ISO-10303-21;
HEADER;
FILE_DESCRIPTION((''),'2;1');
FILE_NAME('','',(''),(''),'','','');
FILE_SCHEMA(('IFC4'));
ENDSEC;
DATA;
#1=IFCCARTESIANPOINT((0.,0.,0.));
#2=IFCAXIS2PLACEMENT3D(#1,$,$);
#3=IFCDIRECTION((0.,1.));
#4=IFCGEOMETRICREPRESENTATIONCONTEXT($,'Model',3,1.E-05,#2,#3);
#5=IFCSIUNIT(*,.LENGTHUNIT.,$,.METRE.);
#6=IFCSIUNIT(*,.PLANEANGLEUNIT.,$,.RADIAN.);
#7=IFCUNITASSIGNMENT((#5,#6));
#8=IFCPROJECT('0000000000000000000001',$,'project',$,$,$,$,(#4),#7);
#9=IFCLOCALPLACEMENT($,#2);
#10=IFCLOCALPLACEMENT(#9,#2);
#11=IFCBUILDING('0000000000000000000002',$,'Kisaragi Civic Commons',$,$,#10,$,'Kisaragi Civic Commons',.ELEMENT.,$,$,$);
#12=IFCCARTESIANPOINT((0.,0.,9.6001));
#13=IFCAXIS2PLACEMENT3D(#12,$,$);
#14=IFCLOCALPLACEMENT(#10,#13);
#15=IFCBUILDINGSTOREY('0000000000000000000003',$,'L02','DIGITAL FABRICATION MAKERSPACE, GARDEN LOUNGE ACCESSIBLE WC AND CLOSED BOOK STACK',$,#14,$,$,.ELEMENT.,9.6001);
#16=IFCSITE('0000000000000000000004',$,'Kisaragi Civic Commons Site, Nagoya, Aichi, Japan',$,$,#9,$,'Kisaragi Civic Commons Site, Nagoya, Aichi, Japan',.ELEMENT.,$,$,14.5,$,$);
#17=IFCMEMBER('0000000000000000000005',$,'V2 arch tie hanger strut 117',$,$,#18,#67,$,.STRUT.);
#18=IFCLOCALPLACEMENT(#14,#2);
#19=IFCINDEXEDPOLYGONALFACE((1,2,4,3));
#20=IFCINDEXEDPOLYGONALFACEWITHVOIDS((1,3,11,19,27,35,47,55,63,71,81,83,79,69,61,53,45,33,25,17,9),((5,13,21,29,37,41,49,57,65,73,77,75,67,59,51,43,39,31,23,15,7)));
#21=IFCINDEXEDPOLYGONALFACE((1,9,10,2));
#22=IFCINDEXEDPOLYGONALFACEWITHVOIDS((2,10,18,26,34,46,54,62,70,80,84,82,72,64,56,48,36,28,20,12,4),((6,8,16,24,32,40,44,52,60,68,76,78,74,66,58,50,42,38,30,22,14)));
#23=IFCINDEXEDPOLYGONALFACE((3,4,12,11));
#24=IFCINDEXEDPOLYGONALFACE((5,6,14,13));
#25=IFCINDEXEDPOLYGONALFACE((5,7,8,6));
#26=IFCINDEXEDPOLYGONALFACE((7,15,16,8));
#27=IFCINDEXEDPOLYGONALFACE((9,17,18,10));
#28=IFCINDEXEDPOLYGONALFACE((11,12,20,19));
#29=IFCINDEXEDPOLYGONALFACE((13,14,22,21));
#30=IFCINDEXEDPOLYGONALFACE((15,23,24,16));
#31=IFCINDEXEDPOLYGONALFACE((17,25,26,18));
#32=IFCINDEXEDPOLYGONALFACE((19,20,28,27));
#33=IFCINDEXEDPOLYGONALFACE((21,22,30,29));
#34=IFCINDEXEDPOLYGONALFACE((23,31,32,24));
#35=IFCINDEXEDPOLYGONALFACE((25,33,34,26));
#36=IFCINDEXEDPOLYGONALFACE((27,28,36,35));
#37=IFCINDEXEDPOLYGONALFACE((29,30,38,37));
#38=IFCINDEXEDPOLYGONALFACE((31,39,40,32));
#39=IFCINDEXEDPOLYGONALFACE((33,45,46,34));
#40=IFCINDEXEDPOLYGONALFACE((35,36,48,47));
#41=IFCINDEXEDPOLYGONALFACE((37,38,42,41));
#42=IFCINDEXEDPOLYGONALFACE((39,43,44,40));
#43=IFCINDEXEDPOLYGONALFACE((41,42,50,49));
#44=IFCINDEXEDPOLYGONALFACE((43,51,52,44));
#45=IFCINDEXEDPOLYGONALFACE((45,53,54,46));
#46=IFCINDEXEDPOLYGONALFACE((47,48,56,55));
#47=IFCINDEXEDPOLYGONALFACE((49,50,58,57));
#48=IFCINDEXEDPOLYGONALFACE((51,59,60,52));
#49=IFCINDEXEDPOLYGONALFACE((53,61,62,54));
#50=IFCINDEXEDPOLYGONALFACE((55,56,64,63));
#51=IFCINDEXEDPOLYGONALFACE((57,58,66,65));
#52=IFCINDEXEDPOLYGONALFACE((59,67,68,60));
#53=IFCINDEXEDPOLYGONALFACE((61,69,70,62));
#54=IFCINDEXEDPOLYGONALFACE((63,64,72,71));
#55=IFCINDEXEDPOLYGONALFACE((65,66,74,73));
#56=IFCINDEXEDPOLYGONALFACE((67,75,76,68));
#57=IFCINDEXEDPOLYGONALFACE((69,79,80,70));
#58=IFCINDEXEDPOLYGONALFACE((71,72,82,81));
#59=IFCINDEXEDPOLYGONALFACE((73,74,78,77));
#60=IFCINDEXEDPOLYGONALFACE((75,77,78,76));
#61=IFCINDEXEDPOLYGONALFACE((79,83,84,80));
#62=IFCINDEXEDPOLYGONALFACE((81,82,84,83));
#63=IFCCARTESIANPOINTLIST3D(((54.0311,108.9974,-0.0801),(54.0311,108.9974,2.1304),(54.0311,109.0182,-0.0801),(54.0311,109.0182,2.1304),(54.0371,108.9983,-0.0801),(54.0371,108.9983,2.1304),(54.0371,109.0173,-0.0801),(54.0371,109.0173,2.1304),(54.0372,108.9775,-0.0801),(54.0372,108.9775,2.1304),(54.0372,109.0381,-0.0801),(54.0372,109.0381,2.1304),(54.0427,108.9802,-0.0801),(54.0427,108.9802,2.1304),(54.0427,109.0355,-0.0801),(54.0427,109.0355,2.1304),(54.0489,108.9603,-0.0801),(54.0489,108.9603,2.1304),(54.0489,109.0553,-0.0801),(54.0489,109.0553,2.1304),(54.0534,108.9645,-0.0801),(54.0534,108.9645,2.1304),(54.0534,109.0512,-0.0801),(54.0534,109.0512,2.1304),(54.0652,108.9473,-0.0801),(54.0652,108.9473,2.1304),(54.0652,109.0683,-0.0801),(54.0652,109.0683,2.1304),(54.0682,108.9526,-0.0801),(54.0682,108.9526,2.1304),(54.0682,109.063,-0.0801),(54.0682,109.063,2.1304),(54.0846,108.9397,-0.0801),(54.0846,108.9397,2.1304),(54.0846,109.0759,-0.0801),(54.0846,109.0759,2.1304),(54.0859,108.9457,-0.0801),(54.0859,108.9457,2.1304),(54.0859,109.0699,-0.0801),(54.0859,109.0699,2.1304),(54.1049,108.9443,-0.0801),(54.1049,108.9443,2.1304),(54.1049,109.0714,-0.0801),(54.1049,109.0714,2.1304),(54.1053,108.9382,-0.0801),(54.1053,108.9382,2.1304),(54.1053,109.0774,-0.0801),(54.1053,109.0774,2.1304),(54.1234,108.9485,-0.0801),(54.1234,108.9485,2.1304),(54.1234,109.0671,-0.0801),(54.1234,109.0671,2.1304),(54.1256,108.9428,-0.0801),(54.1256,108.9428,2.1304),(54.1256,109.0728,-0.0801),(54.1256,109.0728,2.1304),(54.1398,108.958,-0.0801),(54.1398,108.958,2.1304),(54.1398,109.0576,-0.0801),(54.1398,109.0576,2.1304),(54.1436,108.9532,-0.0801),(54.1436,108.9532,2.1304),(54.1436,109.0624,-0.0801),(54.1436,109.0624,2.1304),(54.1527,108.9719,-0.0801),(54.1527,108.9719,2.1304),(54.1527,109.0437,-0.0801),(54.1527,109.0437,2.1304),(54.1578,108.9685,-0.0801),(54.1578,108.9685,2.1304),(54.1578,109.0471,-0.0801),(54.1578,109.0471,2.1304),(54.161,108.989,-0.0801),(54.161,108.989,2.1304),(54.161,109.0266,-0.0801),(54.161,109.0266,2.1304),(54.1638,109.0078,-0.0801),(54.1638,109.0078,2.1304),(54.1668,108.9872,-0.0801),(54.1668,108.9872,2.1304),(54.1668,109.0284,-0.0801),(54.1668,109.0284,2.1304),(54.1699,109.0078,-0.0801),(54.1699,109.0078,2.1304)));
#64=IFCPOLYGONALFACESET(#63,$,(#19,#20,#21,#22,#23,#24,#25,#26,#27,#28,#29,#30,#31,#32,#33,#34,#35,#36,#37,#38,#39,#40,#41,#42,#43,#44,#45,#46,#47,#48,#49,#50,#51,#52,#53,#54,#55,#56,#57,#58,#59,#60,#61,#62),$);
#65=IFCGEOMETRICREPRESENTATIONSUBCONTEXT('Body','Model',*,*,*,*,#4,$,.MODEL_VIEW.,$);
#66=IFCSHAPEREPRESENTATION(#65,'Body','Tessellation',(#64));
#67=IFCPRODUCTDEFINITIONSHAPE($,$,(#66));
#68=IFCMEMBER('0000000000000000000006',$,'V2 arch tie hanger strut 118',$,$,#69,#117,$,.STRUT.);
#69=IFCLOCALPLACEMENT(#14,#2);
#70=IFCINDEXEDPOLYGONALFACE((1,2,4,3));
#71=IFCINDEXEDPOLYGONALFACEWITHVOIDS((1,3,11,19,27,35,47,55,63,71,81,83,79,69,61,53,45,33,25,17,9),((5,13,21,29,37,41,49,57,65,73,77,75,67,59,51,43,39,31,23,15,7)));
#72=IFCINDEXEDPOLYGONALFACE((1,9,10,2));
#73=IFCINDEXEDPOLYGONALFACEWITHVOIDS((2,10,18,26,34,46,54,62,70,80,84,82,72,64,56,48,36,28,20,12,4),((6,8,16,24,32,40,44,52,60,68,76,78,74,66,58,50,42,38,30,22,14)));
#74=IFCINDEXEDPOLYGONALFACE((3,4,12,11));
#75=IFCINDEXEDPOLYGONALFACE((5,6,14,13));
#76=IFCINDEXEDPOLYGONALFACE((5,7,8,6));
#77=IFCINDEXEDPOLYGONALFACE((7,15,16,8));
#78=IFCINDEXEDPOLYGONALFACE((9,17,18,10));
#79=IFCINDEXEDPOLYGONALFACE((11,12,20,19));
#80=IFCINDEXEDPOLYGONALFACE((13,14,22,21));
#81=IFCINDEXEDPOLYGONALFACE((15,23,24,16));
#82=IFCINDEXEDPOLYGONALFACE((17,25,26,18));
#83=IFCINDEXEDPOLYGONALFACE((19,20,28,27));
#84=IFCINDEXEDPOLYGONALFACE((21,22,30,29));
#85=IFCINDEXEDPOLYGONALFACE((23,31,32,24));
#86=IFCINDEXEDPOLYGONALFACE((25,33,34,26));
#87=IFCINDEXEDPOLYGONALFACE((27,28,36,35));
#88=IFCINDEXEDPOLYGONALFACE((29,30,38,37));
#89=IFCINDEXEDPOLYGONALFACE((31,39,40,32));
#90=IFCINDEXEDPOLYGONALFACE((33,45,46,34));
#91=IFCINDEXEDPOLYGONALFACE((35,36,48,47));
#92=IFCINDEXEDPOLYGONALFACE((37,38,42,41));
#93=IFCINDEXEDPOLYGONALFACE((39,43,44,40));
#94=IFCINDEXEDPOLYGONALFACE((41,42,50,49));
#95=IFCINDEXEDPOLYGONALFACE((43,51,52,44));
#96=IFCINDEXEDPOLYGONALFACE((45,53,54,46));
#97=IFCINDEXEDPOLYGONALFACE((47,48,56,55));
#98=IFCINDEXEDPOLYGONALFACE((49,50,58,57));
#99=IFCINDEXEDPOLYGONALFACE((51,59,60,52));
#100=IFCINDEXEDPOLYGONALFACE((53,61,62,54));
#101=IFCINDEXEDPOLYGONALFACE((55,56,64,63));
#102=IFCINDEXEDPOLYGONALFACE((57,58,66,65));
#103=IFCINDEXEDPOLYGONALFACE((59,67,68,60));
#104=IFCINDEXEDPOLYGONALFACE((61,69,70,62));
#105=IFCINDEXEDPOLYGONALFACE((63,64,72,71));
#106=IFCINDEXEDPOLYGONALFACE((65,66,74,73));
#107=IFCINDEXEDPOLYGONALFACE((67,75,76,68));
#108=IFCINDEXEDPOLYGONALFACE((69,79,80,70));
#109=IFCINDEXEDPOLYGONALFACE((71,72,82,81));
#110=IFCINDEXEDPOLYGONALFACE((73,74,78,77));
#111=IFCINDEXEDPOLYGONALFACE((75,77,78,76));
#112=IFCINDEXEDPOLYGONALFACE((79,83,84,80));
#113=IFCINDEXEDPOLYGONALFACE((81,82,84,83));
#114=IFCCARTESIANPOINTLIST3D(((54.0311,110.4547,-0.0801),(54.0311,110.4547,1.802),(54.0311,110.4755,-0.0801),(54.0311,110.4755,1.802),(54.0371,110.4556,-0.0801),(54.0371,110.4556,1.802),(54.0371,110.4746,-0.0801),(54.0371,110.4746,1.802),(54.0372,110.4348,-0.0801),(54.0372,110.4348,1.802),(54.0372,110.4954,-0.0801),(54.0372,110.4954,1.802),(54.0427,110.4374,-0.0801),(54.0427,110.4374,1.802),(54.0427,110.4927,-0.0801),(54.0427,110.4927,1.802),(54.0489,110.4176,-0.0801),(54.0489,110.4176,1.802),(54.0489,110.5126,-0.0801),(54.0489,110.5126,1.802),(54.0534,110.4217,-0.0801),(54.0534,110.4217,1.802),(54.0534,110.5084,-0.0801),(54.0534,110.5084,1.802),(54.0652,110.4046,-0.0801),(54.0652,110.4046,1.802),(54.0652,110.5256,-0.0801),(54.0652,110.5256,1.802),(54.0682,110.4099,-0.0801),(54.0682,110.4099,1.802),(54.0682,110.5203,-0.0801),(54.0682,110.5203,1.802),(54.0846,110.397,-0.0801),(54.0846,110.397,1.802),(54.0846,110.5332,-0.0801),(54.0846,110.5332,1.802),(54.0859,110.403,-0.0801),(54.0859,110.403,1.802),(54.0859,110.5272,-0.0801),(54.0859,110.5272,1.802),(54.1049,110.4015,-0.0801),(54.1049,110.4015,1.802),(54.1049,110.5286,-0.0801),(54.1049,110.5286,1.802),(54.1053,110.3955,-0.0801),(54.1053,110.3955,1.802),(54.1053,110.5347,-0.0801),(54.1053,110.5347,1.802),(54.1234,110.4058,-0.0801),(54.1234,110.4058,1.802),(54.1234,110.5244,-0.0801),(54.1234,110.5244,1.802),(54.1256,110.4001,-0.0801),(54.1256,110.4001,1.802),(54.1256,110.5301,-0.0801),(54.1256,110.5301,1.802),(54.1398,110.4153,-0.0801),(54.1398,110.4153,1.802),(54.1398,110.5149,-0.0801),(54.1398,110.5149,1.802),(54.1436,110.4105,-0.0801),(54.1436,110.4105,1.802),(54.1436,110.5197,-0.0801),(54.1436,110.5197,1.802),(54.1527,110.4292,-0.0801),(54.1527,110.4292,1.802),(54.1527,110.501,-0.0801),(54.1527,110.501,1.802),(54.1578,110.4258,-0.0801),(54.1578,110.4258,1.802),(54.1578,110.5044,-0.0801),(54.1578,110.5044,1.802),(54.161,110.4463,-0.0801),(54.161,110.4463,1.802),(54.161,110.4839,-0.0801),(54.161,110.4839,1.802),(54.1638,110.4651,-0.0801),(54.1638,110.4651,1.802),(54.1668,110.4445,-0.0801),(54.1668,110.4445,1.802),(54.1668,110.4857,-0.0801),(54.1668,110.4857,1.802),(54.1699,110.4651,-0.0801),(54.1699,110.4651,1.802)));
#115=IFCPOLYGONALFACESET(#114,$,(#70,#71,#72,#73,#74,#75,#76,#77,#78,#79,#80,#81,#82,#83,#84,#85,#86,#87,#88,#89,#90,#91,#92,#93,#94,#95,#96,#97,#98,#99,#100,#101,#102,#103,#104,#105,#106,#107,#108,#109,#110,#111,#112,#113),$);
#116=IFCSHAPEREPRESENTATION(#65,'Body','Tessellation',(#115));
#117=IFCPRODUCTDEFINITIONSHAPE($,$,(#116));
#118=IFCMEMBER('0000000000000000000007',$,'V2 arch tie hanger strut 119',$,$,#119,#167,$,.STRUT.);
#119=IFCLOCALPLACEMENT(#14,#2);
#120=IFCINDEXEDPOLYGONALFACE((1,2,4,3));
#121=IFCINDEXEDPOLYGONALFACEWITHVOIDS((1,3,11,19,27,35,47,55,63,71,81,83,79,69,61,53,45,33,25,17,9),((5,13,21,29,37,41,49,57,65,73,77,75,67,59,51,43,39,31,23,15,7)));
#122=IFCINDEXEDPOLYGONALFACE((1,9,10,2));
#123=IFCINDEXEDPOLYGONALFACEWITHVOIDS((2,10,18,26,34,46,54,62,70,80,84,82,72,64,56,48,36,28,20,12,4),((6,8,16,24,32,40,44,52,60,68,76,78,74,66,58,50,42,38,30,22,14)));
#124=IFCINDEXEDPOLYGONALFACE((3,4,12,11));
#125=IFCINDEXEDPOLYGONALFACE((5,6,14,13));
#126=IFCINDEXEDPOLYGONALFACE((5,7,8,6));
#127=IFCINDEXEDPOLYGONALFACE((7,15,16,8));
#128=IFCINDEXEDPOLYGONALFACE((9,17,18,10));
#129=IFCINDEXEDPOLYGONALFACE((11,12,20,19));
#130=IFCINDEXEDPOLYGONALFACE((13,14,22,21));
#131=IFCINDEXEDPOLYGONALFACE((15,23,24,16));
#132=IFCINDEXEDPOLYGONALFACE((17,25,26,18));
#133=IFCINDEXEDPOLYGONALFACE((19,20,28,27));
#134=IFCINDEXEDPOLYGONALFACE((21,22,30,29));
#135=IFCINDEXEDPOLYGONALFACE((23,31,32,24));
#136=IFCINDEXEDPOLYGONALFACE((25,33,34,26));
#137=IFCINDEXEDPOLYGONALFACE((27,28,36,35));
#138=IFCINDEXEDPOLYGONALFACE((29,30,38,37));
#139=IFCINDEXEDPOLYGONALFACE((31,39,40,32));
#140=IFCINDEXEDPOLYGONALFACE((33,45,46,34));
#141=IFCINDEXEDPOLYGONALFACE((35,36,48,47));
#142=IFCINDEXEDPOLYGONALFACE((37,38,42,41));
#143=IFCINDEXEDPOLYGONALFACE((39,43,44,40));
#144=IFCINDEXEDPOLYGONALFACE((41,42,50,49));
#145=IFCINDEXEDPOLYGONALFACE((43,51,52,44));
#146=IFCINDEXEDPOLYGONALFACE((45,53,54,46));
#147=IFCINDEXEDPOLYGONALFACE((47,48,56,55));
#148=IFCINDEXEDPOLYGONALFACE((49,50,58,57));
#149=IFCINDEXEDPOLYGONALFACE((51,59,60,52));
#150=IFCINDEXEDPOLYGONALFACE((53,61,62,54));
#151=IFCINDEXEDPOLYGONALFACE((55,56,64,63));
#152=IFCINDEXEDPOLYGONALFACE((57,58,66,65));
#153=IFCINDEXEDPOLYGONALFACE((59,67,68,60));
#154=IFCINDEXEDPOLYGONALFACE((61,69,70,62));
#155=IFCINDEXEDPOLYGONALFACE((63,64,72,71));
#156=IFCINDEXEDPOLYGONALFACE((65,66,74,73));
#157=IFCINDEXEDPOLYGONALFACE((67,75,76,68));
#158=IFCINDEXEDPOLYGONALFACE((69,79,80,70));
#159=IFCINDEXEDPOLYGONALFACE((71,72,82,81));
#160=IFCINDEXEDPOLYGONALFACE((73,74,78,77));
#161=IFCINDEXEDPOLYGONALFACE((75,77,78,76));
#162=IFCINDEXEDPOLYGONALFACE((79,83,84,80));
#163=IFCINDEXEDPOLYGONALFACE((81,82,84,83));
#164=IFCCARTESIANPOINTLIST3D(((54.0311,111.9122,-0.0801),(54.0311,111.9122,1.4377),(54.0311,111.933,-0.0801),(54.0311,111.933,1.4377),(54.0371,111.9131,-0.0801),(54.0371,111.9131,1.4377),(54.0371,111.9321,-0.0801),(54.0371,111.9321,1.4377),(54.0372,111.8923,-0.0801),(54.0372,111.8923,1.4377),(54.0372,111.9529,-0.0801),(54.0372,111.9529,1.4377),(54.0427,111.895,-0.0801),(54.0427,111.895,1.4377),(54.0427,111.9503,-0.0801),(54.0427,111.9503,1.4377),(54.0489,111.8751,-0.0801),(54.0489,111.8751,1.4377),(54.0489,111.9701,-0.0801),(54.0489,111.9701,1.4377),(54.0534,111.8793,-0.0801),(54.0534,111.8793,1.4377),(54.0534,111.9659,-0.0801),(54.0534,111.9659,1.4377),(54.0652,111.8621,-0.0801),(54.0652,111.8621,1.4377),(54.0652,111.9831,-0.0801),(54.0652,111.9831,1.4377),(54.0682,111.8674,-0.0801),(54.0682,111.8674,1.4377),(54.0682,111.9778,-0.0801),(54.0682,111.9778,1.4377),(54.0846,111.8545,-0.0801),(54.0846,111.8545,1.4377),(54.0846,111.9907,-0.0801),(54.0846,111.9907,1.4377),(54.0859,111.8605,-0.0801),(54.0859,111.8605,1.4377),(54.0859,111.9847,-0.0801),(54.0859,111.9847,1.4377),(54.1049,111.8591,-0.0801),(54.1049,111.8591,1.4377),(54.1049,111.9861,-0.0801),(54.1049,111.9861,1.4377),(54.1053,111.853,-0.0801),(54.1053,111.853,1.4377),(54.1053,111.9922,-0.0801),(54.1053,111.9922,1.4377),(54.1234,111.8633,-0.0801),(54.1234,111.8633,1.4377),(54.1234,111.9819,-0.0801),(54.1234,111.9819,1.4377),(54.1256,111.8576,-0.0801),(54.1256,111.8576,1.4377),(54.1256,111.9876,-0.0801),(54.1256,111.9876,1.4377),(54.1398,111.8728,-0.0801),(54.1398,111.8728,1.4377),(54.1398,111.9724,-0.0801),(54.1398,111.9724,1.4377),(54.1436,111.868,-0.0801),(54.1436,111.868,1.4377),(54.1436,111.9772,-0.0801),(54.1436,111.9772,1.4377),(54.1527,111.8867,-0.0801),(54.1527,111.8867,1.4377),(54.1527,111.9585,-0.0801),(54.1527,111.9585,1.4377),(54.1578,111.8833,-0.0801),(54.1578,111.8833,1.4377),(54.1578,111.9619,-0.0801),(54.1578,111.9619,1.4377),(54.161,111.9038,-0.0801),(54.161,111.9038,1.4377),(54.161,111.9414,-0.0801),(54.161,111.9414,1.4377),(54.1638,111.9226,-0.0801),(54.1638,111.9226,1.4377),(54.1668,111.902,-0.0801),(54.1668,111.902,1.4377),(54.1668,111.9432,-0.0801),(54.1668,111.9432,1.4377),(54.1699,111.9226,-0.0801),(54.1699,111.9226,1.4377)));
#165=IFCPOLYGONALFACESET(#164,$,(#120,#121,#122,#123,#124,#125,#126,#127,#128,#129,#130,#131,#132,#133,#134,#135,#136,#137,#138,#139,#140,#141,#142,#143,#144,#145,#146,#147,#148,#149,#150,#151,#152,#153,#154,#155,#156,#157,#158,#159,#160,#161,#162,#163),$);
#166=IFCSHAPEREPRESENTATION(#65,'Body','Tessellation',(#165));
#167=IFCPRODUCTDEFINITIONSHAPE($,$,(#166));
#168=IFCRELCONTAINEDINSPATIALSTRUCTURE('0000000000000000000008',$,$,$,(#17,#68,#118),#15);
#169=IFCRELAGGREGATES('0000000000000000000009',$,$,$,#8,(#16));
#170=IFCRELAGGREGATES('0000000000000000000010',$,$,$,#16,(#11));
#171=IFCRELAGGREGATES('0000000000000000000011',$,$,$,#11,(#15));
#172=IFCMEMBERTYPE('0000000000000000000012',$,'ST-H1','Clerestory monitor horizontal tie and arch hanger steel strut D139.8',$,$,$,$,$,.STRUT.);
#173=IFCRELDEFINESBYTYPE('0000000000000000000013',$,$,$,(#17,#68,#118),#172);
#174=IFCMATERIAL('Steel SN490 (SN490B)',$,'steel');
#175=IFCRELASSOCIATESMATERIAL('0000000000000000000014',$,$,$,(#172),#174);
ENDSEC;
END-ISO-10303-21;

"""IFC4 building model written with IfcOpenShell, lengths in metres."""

from ifc_helpers import new_model, si_unit, direction, frame, origin, origin_2d, place, context, subcontext, project, spatial, hollow_circle, extrude, material, material_profile, profile_set, type_object, element, save


model = new_model("IFC4")

# Units and contexts
model_context = context("Model", 3, precision=1e-05, world=origin(), true_north=direction((0.0, 1.0)))
body_context = subcontext(model_context, "Body", "Model", "MODEL_VIEW")
ifc_project = project(units=[si_unit("LENGTHUNIT", "METRE"), si_unit("PLANEANGLEUNIT", "RADIAN")], contexts=[model_context])

# Site, building, storey
site_placement = place(None, origin())
site = spatial("IfcSite", under=ifc_project, at=site_placement, Name="Kisaragi Civic Commons Site, Nagoya, Aichi, Japan", LongName="Kisaragi Civic Commons Site, Nagoya, Aichi, Japan", CompositionType="ELEMENT", RefElevation=14.5)
building_placement = place(site_placement, origin())
building = spatial("IfcBuilding", under=site, at=building_placement, Name="Kisaragi Civic Commons", LongName="Kisaragi Civic Commons", CompositionType="ELEMENT")
storey_placement = place(building_placement, frame((0.0, 0.0, 9.6001)))
storey = spatial("IfcBuildingStorey", under=building, at=storey_placement, Name="L02", Description="DIGITAL FABRICATION MAKERSPACE, GARDEN LOUNGE ACCESSIBLE WC AND CLOSED BOOK STACK", CompositionType="ELEMENT", Elevation=9.6001)

# Shared definitions
ifc_material_1 = material(Name="Steel SN490 (SN490B)", Category="steel")

# Members
ifc_material_profile_1 = material_profile(ifc_material_1, hollow_circle(Radius=0.0698, WallThickness=0.0061, at=origin_2d()), Name="CHS-139.8x6.0", Category="steel")
ifc_profile_set_1 = profile_set([ifc_material_profile_1], Name="Steel SN490 (SN490B)")
member_type_1 = type_object("IfcMemberType", Name="ST-H1", Description="Clerestory monitor horizontal tie and arch hanger steel strut D139.8", PredefinedType="STRUT", material=ifc_profile_set_1)
member_1_placement = place(storey_placement, frame((54.1001, 109.0078, -0.0801), z_axis=(0.0, 0.0, 1.0), x_axis=(1.0, 0.0, 0.0)))
element("IfcMember", 1, at=member_1_placement, inside=storey, type_object=member_type_1, Name="V2 arch tie hanger strut 117", PredefinedType="STRUT", context=body_context, shape_type="SweptSolid", body=[
    extrude(hollow_circle(Radius=0.0698, WallThickness=0.0061, at=origin_2d()), origin(), (0.0, 0.0, 1.0), 2.2104),
])
member_2_placement = place(storey_placement, frame((54.1001, 110.4651, -0.0801), z_axis=(0.0, 0.0, 1.0), x_axis=(1.0, 0.0, 0.0)))
element("IfcMember", 2, at=member_2_placement, inside=storey, type_object=member_type_1, Name="V2 arch tie hanger strut 118", PredefinedType="STRUT", context=body_context, shape_type="SweptSolid", body=[
    extrude(hollow_circle(Radius=0.0698, WallThickness=0.0061, at=origin_2d()), origin(), (0.0, 0.0, 1.0), 1.8821),
])
member_3_placement = place(storey_placement, frame((54.1001, 111.9226, -0.0801), z_axis=(0.0, 0.0, 1.0), x_axis=(1.0, 0.0, 0.0)))
element("IfcMember", 3, at=member_3_placement, inside=storey, type_object=member_type_1, Name="V2 arch tie hanger strut 119", PredefinedType="STRUT", context=body_context, shape_type="SweptSolid", body=[
    extrude(hollow_circle(Radius=0.0698, WallThickness=0.0061, at=origin_2d()), origin(), (0.0, 0.0, 1.0), 1.5178),
])

save(model, "model.ifc")
